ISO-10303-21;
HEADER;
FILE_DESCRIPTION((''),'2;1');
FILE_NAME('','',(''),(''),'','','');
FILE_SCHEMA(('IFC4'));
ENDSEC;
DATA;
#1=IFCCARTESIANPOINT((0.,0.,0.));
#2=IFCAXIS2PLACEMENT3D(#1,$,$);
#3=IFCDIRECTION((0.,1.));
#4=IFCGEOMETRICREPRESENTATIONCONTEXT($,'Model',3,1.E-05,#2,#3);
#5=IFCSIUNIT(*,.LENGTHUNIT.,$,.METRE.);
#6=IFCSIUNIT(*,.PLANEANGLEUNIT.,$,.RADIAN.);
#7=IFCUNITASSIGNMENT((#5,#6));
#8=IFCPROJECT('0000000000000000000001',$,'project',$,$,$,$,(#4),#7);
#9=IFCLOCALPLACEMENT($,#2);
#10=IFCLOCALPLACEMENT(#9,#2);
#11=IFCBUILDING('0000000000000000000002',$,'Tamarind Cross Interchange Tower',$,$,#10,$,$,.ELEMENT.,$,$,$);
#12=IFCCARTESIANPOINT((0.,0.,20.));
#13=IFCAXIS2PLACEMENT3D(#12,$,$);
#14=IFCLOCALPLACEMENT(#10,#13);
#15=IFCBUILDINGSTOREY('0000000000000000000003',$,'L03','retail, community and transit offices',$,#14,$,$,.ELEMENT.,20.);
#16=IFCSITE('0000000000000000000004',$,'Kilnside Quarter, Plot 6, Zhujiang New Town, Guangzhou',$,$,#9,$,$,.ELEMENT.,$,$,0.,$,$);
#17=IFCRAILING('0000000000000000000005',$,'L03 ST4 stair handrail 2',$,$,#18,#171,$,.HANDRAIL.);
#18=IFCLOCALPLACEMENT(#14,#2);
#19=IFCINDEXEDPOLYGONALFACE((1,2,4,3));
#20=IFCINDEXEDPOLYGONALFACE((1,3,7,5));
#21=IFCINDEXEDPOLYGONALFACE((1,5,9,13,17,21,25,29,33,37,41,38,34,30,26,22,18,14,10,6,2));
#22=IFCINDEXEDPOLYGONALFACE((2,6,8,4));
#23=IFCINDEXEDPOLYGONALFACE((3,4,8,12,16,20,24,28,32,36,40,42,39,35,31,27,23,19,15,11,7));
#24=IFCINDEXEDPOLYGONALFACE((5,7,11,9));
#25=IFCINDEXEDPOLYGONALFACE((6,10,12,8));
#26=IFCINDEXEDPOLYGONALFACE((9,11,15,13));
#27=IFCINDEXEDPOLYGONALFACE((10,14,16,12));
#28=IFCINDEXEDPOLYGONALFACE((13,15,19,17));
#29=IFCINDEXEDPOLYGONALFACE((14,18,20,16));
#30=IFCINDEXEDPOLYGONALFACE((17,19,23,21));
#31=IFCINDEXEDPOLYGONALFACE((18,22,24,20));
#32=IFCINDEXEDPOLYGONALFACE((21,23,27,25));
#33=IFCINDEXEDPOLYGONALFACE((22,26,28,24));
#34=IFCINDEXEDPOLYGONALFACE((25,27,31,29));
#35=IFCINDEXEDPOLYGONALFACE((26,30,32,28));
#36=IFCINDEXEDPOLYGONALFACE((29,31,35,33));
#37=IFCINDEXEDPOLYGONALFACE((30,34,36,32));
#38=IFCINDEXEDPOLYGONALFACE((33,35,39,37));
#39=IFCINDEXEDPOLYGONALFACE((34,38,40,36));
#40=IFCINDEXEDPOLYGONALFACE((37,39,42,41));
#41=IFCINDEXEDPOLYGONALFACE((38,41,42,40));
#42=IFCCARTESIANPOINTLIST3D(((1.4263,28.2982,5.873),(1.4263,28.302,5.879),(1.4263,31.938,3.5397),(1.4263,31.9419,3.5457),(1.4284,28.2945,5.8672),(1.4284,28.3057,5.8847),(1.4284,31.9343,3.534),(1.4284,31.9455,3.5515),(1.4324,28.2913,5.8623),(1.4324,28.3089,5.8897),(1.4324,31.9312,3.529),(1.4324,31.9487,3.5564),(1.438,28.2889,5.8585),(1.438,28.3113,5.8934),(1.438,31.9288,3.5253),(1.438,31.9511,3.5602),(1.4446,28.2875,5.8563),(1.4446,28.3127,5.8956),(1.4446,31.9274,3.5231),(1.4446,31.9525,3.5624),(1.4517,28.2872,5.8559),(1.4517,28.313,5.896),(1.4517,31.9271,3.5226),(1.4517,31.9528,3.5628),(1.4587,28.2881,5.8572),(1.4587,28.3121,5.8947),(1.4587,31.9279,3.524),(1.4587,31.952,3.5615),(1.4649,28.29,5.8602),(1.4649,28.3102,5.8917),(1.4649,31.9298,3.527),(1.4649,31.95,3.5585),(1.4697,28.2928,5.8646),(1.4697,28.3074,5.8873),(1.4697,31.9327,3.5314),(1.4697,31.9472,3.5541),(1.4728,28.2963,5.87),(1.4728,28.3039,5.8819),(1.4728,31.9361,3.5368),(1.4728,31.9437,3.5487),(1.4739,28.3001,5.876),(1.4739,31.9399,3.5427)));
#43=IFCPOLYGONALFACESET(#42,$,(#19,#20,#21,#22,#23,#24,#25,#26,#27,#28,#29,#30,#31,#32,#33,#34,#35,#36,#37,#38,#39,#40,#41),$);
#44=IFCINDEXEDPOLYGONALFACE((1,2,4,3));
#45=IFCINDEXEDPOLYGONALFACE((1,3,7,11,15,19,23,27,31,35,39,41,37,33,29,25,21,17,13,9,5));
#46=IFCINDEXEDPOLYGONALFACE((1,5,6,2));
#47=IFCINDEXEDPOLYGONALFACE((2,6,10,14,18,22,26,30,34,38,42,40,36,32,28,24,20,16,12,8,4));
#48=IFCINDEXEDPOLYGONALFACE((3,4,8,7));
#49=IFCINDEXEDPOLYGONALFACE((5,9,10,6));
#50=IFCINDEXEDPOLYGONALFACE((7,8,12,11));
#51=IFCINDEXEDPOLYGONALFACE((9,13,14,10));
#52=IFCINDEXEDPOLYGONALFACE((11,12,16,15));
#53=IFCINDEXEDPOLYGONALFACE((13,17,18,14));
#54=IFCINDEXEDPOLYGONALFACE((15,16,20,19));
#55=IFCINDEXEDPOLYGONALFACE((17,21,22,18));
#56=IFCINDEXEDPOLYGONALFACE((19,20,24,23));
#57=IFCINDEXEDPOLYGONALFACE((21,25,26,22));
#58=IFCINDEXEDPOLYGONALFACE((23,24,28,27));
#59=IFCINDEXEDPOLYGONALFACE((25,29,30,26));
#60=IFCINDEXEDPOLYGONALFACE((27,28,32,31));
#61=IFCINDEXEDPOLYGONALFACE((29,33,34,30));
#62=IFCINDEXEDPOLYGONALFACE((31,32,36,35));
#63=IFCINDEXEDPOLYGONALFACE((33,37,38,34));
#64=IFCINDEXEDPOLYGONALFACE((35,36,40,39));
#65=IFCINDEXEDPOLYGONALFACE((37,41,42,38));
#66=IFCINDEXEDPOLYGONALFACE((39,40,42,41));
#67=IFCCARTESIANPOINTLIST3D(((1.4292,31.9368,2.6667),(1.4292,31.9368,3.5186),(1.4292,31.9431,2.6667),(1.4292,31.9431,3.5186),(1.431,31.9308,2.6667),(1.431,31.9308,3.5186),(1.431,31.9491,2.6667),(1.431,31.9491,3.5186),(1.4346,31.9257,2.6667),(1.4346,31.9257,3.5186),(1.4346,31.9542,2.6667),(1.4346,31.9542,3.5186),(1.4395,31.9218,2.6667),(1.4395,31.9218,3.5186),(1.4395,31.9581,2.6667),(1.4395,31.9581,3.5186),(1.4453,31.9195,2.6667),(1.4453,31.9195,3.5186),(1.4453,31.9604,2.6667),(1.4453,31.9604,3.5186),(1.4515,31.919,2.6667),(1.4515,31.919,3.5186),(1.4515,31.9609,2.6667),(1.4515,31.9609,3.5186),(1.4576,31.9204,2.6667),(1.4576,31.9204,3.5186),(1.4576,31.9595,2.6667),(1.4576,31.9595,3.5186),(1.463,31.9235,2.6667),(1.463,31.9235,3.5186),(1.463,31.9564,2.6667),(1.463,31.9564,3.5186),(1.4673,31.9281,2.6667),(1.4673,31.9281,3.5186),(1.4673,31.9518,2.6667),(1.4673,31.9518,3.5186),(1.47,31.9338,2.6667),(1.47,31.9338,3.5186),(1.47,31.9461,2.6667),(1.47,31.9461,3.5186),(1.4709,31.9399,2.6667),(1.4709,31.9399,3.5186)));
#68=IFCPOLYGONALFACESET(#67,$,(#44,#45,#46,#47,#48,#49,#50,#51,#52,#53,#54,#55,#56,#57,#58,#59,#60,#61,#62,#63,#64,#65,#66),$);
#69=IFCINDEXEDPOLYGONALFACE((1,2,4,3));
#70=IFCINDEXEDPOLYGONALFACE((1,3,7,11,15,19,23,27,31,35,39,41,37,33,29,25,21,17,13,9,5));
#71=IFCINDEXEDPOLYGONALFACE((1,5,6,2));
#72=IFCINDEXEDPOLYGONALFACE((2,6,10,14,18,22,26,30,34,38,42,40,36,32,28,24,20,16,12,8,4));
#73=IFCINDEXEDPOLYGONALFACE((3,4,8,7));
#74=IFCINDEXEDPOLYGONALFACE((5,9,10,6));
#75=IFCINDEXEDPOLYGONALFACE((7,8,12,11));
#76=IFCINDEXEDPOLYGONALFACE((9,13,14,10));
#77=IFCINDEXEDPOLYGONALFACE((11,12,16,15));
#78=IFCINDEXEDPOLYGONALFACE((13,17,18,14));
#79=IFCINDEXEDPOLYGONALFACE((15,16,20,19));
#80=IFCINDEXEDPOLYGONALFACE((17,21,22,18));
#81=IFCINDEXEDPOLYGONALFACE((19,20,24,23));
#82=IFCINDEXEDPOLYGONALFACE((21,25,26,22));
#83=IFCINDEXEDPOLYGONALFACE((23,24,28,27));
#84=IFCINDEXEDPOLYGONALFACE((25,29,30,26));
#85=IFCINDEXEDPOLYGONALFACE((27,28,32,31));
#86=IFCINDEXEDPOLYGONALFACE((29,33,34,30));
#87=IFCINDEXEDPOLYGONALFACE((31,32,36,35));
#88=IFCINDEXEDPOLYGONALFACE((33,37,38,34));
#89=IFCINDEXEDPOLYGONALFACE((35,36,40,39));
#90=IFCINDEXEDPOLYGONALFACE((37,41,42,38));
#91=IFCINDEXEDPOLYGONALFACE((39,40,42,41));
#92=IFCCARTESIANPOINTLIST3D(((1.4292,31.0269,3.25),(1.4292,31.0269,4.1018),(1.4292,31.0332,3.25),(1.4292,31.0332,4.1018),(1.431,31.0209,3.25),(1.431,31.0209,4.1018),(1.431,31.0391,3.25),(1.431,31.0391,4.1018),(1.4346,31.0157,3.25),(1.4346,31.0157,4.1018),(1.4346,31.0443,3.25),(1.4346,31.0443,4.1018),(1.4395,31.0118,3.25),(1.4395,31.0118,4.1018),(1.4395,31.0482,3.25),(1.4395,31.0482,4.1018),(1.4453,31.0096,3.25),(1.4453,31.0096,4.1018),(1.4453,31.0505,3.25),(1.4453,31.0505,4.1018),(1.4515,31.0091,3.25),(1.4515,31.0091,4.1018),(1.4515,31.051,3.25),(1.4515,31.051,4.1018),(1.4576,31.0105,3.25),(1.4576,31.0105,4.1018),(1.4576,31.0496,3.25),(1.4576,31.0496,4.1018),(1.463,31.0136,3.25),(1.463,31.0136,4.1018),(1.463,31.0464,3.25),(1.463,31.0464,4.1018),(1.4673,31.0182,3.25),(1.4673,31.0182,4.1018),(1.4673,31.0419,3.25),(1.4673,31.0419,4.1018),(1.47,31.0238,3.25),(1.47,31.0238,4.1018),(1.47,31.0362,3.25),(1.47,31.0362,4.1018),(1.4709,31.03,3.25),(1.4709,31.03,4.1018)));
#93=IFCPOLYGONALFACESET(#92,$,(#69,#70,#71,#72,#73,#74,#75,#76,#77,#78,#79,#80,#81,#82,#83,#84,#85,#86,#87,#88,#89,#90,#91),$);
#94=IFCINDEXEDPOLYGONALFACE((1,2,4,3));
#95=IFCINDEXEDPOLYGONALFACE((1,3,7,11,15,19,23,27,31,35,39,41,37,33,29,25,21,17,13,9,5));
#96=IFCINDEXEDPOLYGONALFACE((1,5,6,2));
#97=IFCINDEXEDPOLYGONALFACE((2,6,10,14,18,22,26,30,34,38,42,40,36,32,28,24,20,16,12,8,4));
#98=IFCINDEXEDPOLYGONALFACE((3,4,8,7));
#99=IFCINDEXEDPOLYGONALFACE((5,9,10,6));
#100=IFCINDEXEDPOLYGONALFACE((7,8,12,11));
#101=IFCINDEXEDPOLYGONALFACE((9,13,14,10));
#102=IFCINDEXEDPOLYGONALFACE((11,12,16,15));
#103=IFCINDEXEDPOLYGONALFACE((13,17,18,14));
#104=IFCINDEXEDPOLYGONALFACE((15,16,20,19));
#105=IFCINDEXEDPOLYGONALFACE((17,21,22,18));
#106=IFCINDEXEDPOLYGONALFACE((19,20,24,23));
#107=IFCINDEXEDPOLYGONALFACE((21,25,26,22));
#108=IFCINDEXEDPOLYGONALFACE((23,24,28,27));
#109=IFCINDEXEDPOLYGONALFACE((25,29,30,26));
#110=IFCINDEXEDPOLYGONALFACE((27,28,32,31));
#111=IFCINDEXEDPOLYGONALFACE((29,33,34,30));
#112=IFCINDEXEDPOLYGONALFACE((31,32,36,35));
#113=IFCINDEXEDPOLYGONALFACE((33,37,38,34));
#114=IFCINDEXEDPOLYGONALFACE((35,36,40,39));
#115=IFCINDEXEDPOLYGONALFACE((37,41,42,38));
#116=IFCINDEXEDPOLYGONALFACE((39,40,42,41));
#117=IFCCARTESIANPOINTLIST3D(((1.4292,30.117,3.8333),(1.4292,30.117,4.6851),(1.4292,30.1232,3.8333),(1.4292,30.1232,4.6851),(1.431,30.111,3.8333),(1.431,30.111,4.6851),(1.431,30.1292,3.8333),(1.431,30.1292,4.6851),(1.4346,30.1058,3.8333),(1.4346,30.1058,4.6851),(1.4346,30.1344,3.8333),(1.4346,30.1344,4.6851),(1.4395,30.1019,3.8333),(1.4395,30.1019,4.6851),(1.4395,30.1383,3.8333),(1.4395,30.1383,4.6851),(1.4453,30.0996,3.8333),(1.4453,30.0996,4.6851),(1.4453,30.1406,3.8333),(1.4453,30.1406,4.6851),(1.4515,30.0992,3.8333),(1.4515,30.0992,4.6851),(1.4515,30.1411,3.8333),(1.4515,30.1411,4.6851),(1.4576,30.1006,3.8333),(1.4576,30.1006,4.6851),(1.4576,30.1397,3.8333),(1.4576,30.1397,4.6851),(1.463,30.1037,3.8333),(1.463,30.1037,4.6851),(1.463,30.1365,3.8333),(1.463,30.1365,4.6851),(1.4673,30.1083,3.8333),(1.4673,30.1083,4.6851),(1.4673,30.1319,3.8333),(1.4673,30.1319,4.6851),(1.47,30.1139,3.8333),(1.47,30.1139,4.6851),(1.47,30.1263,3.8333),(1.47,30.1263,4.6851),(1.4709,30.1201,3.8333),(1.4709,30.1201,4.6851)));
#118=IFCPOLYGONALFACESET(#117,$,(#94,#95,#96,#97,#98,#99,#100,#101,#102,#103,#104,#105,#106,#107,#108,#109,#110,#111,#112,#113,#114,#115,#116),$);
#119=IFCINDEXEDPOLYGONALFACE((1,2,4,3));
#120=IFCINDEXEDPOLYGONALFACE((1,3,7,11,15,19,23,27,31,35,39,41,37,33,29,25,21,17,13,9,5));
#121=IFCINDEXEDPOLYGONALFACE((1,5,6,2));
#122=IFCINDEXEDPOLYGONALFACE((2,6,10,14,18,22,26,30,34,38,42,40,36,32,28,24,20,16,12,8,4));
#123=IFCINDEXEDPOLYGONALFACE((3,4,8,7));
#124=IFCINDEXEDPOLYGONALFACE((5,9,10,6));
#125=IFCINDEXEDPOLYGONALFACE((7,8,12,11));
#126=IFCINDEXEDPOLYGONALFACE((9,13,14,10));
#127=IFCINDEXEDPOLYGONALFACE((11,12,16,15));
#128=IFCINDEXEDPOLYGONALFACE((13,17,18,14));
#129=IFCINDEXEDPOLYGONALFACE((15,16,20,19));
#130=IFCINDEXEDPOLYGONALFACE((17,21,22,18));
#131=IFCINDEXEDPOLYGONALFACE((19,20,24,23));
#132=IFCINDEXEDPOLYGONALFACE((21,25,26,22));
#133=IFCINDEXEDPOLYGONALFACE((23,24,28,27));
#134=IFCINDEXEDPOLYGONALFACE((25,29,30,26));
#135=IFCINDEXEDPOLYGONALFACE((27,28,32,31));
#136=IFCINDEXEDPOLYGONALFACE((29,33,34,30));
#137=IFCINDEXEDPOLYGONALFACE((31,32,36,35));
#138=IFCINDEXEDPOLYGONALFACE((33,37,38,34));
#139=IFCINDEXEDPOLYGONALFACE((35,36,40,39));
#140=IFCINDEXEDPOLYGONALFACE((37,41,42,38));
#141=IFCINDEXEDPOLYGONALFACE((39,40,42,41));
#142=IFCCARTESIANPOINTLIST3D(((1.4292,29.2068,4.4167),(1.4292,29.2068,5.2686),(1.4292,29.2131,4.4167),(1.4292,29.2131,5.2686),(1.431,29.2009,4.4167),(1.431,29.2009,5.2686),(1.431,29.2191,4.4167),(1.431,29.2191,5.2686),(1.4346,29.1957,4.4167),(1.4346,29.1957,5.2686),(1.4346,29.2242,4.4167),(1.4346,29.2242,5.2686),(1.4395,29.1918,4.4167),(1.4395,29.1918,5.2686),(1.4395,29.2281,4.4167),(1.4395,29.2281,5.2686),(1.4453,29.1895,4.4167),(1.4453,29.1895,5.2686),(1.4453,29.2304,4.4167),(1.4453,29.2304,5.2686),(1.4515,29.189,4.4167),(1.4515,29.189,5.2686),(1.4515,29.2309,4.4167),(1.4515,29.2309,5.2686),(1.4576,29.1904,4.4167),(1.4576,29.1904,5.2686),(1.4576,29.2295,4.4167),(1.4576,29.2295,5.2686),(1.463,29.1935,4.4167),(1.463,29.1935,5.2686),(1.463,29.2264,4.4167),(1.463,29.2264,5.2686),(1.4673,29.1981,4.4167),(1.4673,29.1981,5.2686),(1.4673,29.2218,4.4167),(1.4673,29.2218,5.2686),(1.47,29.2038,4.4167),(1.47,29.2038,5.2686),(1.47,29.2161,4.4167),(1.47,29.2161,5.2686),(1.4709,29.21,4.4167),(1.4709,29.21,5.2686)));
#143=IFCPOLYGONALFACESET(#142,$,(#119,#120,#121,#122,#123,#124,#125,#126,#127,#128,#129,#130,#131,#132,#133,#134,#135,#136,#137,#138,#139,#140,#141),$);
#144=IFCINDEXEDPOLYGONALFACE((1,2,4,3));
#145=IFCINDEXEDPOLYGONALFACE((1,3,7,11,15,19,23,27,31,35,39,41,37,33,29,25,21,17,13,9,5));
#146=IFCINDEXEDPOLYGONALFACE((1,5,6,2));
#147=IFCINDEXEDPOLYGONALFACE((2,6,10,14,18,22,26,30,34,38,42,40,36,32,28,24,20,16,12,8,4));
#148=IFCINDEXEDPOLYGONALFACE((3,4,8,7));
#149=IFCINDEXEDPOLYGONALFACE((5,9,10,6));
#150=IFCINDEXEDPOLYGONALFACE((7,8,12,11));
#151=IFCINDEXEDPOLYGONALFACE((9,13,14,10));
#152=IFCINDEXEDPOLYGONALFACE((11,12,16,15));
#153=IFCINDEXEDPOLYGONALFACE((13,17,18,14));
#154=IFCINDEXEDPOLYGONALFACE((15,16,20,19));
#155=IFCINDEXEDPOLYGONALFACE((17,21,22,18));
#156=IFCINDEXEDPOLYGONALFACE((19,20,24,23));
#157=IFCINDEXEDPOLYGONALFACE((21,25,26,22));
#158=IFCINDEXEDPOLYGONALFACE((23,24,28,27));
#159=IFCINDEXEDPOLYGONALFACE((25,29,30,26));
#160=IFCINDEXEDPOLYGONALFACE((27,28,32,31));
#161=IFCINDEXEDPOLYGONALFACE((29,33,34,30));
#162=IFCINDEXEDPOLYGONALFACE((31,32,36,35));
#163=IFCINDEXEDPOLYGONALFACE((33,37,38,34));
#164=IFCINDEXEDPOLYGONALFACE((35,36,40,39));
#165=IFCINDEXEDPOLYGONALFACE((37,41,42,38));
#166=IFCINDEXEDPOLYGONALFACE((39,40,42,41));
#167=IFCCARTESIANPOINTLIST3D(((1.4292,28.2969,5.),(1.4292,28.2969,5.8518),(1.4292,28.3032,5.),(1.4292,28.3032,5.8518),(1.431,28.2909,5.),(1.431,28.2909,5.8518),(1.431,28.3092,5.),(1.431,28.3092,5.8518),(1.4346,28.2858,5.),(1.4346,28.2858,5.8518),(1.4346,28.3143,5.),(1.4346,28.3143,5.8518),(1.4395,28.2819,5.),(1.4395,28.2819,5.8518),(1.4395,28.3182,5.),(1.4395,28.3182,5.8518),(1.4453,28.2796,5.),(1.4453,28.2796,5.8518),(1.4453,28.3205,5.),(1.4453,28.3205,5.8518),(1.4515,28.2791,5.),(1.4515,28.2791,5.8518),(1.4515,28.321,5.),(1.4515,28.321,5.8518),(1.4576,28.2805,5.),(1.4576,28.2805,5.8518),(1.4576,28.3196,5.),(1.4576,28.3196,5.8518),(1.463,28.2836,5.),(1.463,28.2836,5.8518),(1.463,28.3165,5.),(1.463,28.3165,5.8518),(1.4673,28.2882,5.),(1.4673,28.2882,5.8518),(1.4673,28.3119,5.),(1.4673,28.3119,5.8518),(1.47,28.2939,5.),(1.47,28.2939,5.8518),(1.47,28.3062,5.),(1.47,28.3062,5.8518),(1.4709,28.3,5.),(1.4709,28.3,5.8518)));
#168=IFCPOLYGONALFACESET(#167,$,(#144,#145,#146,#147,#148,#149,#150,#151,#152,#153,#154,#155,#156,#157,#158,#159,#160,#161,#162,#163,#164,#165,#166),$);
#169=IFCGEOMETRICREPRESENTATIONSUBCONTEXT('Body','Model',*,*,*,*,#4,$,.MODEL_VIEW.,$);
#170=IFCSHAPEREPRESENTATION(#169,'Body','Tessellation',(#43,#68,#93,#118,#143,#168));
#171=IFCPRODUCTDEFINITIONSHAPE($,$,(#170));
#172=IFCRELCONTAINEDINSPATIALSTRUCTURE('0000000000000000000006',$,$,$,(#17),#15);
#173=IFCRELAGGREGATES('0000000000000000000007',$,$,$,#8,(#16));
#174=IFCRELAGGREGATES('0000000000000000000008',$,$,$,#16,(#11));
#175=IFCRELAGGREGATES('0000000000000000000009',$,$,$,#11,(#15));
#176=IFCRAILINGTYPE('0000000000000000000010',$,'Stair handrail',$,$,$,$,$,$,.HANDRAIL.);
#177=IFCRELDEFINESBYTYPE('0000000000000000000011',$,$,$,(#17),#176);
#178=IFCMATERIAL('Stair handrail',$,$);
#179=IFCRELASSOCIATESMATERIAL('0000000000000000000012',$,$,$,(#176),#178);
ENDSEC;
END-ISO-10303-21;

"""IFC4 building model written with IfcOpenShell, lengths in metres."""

from ifc_helpers import new_model, si_unit, direction, frame, origin, origin_2d, place, context, subcontext, project, spatial, circle, extrude, material, type_object, element, save


model = new_model("IFC4")

# Units and contexts
model_context = context("Model", 3, precision=1e-05, world=origin(), true_north=direction((0.0, 1.0)))
body_context = subcontext(model_context, "Body", "Model", "MODEL_VIEW")
ifc_project = project(units=[si_unit("LENGTHUNIT", "METRE"), si_unit("PLANEANGLEUNIT", "RADIAN")], contexts=[model_context])

# Site, building, storey
site_placement = place(None, origin())
site = spatial("IfcSite", under=ifc_project, at=site_placement, Name="Kilnside Quarter, Plot 6, Zhujiang New Town, Guangzhou", CompositionType="ELEMENT", RefElevation=0.0)
building_placement = place(site_placement, origin())
building = spatial("IfcBuilding", under=site, at=building_placement, Name="Tamarind Cross Interchange Tower", CompositionType="ELEMENT")
storey_placement = place(building_placement, frame((0.0, 0.0, 20.0)))
storey = spatial("IfcBuildingStorey", under=building, at=storey_placement, Name="L03", Description="retail, community and transit offices", CompositionType="ELEMENT", Elevation=20.0)

# Railing
ifc_material_1 = material(Name="Stair handrail")
railing_type_1 = type_object("IfcRailingType", Name="Stair handrail", PredefinedType="HANDRAIL", material=ifc_material_1)
railing_1_placement = place(storey_placement, frame((1.45, 31.9399, 2.6667)))
element("IfcRailing", 1, at=railing_1_placement, inside=storey, type_object=railing_type_1, Name="L03 ST4 stair handrail 2", PredefinedType="HANDRAIL", context=body_context, shape_type="SweptSolid", body=[
    extrude(circle(Radius=0.0239, at=origin_2d()), frame((0.0, 0.0, 0.876), z_axis=(0.0, -0.84188, 0.539664), x_axis=(1.0, 0.0, 0.0)), (0.0, 0.0, 1.0), 4.3235),
    extrude(circle(Radius=0.021, at=origin_2d()), origin(), (0.0, 0.0, 1.0), 0.8518),
    extrude(circle(Radius=0.021, at=origin_2d()), frame((0.0, -0.9099, 0.5833)), (0.0, 0.0, 1.0), 0.8518),
    extrude(circle(Radius=0.021, at=origin_2d()), frame((0.0, -1.8198, 1.1665)), (0.0, 0.0, 1.0), 0.8518),
    extrude(circle(Radius=0.021, at=origin_2d()), frame((0.0, -2.73, 1.75)), (0.0, 0.0, 1.0), 0.8518),
    extrude(circle(Radius=0.021, at=origin_2d()), frame((0.0, -3.6399, 2.3333)), (0.0, 0.0, 1.0), 0.8518),
])

save(model, "model.ifc")
